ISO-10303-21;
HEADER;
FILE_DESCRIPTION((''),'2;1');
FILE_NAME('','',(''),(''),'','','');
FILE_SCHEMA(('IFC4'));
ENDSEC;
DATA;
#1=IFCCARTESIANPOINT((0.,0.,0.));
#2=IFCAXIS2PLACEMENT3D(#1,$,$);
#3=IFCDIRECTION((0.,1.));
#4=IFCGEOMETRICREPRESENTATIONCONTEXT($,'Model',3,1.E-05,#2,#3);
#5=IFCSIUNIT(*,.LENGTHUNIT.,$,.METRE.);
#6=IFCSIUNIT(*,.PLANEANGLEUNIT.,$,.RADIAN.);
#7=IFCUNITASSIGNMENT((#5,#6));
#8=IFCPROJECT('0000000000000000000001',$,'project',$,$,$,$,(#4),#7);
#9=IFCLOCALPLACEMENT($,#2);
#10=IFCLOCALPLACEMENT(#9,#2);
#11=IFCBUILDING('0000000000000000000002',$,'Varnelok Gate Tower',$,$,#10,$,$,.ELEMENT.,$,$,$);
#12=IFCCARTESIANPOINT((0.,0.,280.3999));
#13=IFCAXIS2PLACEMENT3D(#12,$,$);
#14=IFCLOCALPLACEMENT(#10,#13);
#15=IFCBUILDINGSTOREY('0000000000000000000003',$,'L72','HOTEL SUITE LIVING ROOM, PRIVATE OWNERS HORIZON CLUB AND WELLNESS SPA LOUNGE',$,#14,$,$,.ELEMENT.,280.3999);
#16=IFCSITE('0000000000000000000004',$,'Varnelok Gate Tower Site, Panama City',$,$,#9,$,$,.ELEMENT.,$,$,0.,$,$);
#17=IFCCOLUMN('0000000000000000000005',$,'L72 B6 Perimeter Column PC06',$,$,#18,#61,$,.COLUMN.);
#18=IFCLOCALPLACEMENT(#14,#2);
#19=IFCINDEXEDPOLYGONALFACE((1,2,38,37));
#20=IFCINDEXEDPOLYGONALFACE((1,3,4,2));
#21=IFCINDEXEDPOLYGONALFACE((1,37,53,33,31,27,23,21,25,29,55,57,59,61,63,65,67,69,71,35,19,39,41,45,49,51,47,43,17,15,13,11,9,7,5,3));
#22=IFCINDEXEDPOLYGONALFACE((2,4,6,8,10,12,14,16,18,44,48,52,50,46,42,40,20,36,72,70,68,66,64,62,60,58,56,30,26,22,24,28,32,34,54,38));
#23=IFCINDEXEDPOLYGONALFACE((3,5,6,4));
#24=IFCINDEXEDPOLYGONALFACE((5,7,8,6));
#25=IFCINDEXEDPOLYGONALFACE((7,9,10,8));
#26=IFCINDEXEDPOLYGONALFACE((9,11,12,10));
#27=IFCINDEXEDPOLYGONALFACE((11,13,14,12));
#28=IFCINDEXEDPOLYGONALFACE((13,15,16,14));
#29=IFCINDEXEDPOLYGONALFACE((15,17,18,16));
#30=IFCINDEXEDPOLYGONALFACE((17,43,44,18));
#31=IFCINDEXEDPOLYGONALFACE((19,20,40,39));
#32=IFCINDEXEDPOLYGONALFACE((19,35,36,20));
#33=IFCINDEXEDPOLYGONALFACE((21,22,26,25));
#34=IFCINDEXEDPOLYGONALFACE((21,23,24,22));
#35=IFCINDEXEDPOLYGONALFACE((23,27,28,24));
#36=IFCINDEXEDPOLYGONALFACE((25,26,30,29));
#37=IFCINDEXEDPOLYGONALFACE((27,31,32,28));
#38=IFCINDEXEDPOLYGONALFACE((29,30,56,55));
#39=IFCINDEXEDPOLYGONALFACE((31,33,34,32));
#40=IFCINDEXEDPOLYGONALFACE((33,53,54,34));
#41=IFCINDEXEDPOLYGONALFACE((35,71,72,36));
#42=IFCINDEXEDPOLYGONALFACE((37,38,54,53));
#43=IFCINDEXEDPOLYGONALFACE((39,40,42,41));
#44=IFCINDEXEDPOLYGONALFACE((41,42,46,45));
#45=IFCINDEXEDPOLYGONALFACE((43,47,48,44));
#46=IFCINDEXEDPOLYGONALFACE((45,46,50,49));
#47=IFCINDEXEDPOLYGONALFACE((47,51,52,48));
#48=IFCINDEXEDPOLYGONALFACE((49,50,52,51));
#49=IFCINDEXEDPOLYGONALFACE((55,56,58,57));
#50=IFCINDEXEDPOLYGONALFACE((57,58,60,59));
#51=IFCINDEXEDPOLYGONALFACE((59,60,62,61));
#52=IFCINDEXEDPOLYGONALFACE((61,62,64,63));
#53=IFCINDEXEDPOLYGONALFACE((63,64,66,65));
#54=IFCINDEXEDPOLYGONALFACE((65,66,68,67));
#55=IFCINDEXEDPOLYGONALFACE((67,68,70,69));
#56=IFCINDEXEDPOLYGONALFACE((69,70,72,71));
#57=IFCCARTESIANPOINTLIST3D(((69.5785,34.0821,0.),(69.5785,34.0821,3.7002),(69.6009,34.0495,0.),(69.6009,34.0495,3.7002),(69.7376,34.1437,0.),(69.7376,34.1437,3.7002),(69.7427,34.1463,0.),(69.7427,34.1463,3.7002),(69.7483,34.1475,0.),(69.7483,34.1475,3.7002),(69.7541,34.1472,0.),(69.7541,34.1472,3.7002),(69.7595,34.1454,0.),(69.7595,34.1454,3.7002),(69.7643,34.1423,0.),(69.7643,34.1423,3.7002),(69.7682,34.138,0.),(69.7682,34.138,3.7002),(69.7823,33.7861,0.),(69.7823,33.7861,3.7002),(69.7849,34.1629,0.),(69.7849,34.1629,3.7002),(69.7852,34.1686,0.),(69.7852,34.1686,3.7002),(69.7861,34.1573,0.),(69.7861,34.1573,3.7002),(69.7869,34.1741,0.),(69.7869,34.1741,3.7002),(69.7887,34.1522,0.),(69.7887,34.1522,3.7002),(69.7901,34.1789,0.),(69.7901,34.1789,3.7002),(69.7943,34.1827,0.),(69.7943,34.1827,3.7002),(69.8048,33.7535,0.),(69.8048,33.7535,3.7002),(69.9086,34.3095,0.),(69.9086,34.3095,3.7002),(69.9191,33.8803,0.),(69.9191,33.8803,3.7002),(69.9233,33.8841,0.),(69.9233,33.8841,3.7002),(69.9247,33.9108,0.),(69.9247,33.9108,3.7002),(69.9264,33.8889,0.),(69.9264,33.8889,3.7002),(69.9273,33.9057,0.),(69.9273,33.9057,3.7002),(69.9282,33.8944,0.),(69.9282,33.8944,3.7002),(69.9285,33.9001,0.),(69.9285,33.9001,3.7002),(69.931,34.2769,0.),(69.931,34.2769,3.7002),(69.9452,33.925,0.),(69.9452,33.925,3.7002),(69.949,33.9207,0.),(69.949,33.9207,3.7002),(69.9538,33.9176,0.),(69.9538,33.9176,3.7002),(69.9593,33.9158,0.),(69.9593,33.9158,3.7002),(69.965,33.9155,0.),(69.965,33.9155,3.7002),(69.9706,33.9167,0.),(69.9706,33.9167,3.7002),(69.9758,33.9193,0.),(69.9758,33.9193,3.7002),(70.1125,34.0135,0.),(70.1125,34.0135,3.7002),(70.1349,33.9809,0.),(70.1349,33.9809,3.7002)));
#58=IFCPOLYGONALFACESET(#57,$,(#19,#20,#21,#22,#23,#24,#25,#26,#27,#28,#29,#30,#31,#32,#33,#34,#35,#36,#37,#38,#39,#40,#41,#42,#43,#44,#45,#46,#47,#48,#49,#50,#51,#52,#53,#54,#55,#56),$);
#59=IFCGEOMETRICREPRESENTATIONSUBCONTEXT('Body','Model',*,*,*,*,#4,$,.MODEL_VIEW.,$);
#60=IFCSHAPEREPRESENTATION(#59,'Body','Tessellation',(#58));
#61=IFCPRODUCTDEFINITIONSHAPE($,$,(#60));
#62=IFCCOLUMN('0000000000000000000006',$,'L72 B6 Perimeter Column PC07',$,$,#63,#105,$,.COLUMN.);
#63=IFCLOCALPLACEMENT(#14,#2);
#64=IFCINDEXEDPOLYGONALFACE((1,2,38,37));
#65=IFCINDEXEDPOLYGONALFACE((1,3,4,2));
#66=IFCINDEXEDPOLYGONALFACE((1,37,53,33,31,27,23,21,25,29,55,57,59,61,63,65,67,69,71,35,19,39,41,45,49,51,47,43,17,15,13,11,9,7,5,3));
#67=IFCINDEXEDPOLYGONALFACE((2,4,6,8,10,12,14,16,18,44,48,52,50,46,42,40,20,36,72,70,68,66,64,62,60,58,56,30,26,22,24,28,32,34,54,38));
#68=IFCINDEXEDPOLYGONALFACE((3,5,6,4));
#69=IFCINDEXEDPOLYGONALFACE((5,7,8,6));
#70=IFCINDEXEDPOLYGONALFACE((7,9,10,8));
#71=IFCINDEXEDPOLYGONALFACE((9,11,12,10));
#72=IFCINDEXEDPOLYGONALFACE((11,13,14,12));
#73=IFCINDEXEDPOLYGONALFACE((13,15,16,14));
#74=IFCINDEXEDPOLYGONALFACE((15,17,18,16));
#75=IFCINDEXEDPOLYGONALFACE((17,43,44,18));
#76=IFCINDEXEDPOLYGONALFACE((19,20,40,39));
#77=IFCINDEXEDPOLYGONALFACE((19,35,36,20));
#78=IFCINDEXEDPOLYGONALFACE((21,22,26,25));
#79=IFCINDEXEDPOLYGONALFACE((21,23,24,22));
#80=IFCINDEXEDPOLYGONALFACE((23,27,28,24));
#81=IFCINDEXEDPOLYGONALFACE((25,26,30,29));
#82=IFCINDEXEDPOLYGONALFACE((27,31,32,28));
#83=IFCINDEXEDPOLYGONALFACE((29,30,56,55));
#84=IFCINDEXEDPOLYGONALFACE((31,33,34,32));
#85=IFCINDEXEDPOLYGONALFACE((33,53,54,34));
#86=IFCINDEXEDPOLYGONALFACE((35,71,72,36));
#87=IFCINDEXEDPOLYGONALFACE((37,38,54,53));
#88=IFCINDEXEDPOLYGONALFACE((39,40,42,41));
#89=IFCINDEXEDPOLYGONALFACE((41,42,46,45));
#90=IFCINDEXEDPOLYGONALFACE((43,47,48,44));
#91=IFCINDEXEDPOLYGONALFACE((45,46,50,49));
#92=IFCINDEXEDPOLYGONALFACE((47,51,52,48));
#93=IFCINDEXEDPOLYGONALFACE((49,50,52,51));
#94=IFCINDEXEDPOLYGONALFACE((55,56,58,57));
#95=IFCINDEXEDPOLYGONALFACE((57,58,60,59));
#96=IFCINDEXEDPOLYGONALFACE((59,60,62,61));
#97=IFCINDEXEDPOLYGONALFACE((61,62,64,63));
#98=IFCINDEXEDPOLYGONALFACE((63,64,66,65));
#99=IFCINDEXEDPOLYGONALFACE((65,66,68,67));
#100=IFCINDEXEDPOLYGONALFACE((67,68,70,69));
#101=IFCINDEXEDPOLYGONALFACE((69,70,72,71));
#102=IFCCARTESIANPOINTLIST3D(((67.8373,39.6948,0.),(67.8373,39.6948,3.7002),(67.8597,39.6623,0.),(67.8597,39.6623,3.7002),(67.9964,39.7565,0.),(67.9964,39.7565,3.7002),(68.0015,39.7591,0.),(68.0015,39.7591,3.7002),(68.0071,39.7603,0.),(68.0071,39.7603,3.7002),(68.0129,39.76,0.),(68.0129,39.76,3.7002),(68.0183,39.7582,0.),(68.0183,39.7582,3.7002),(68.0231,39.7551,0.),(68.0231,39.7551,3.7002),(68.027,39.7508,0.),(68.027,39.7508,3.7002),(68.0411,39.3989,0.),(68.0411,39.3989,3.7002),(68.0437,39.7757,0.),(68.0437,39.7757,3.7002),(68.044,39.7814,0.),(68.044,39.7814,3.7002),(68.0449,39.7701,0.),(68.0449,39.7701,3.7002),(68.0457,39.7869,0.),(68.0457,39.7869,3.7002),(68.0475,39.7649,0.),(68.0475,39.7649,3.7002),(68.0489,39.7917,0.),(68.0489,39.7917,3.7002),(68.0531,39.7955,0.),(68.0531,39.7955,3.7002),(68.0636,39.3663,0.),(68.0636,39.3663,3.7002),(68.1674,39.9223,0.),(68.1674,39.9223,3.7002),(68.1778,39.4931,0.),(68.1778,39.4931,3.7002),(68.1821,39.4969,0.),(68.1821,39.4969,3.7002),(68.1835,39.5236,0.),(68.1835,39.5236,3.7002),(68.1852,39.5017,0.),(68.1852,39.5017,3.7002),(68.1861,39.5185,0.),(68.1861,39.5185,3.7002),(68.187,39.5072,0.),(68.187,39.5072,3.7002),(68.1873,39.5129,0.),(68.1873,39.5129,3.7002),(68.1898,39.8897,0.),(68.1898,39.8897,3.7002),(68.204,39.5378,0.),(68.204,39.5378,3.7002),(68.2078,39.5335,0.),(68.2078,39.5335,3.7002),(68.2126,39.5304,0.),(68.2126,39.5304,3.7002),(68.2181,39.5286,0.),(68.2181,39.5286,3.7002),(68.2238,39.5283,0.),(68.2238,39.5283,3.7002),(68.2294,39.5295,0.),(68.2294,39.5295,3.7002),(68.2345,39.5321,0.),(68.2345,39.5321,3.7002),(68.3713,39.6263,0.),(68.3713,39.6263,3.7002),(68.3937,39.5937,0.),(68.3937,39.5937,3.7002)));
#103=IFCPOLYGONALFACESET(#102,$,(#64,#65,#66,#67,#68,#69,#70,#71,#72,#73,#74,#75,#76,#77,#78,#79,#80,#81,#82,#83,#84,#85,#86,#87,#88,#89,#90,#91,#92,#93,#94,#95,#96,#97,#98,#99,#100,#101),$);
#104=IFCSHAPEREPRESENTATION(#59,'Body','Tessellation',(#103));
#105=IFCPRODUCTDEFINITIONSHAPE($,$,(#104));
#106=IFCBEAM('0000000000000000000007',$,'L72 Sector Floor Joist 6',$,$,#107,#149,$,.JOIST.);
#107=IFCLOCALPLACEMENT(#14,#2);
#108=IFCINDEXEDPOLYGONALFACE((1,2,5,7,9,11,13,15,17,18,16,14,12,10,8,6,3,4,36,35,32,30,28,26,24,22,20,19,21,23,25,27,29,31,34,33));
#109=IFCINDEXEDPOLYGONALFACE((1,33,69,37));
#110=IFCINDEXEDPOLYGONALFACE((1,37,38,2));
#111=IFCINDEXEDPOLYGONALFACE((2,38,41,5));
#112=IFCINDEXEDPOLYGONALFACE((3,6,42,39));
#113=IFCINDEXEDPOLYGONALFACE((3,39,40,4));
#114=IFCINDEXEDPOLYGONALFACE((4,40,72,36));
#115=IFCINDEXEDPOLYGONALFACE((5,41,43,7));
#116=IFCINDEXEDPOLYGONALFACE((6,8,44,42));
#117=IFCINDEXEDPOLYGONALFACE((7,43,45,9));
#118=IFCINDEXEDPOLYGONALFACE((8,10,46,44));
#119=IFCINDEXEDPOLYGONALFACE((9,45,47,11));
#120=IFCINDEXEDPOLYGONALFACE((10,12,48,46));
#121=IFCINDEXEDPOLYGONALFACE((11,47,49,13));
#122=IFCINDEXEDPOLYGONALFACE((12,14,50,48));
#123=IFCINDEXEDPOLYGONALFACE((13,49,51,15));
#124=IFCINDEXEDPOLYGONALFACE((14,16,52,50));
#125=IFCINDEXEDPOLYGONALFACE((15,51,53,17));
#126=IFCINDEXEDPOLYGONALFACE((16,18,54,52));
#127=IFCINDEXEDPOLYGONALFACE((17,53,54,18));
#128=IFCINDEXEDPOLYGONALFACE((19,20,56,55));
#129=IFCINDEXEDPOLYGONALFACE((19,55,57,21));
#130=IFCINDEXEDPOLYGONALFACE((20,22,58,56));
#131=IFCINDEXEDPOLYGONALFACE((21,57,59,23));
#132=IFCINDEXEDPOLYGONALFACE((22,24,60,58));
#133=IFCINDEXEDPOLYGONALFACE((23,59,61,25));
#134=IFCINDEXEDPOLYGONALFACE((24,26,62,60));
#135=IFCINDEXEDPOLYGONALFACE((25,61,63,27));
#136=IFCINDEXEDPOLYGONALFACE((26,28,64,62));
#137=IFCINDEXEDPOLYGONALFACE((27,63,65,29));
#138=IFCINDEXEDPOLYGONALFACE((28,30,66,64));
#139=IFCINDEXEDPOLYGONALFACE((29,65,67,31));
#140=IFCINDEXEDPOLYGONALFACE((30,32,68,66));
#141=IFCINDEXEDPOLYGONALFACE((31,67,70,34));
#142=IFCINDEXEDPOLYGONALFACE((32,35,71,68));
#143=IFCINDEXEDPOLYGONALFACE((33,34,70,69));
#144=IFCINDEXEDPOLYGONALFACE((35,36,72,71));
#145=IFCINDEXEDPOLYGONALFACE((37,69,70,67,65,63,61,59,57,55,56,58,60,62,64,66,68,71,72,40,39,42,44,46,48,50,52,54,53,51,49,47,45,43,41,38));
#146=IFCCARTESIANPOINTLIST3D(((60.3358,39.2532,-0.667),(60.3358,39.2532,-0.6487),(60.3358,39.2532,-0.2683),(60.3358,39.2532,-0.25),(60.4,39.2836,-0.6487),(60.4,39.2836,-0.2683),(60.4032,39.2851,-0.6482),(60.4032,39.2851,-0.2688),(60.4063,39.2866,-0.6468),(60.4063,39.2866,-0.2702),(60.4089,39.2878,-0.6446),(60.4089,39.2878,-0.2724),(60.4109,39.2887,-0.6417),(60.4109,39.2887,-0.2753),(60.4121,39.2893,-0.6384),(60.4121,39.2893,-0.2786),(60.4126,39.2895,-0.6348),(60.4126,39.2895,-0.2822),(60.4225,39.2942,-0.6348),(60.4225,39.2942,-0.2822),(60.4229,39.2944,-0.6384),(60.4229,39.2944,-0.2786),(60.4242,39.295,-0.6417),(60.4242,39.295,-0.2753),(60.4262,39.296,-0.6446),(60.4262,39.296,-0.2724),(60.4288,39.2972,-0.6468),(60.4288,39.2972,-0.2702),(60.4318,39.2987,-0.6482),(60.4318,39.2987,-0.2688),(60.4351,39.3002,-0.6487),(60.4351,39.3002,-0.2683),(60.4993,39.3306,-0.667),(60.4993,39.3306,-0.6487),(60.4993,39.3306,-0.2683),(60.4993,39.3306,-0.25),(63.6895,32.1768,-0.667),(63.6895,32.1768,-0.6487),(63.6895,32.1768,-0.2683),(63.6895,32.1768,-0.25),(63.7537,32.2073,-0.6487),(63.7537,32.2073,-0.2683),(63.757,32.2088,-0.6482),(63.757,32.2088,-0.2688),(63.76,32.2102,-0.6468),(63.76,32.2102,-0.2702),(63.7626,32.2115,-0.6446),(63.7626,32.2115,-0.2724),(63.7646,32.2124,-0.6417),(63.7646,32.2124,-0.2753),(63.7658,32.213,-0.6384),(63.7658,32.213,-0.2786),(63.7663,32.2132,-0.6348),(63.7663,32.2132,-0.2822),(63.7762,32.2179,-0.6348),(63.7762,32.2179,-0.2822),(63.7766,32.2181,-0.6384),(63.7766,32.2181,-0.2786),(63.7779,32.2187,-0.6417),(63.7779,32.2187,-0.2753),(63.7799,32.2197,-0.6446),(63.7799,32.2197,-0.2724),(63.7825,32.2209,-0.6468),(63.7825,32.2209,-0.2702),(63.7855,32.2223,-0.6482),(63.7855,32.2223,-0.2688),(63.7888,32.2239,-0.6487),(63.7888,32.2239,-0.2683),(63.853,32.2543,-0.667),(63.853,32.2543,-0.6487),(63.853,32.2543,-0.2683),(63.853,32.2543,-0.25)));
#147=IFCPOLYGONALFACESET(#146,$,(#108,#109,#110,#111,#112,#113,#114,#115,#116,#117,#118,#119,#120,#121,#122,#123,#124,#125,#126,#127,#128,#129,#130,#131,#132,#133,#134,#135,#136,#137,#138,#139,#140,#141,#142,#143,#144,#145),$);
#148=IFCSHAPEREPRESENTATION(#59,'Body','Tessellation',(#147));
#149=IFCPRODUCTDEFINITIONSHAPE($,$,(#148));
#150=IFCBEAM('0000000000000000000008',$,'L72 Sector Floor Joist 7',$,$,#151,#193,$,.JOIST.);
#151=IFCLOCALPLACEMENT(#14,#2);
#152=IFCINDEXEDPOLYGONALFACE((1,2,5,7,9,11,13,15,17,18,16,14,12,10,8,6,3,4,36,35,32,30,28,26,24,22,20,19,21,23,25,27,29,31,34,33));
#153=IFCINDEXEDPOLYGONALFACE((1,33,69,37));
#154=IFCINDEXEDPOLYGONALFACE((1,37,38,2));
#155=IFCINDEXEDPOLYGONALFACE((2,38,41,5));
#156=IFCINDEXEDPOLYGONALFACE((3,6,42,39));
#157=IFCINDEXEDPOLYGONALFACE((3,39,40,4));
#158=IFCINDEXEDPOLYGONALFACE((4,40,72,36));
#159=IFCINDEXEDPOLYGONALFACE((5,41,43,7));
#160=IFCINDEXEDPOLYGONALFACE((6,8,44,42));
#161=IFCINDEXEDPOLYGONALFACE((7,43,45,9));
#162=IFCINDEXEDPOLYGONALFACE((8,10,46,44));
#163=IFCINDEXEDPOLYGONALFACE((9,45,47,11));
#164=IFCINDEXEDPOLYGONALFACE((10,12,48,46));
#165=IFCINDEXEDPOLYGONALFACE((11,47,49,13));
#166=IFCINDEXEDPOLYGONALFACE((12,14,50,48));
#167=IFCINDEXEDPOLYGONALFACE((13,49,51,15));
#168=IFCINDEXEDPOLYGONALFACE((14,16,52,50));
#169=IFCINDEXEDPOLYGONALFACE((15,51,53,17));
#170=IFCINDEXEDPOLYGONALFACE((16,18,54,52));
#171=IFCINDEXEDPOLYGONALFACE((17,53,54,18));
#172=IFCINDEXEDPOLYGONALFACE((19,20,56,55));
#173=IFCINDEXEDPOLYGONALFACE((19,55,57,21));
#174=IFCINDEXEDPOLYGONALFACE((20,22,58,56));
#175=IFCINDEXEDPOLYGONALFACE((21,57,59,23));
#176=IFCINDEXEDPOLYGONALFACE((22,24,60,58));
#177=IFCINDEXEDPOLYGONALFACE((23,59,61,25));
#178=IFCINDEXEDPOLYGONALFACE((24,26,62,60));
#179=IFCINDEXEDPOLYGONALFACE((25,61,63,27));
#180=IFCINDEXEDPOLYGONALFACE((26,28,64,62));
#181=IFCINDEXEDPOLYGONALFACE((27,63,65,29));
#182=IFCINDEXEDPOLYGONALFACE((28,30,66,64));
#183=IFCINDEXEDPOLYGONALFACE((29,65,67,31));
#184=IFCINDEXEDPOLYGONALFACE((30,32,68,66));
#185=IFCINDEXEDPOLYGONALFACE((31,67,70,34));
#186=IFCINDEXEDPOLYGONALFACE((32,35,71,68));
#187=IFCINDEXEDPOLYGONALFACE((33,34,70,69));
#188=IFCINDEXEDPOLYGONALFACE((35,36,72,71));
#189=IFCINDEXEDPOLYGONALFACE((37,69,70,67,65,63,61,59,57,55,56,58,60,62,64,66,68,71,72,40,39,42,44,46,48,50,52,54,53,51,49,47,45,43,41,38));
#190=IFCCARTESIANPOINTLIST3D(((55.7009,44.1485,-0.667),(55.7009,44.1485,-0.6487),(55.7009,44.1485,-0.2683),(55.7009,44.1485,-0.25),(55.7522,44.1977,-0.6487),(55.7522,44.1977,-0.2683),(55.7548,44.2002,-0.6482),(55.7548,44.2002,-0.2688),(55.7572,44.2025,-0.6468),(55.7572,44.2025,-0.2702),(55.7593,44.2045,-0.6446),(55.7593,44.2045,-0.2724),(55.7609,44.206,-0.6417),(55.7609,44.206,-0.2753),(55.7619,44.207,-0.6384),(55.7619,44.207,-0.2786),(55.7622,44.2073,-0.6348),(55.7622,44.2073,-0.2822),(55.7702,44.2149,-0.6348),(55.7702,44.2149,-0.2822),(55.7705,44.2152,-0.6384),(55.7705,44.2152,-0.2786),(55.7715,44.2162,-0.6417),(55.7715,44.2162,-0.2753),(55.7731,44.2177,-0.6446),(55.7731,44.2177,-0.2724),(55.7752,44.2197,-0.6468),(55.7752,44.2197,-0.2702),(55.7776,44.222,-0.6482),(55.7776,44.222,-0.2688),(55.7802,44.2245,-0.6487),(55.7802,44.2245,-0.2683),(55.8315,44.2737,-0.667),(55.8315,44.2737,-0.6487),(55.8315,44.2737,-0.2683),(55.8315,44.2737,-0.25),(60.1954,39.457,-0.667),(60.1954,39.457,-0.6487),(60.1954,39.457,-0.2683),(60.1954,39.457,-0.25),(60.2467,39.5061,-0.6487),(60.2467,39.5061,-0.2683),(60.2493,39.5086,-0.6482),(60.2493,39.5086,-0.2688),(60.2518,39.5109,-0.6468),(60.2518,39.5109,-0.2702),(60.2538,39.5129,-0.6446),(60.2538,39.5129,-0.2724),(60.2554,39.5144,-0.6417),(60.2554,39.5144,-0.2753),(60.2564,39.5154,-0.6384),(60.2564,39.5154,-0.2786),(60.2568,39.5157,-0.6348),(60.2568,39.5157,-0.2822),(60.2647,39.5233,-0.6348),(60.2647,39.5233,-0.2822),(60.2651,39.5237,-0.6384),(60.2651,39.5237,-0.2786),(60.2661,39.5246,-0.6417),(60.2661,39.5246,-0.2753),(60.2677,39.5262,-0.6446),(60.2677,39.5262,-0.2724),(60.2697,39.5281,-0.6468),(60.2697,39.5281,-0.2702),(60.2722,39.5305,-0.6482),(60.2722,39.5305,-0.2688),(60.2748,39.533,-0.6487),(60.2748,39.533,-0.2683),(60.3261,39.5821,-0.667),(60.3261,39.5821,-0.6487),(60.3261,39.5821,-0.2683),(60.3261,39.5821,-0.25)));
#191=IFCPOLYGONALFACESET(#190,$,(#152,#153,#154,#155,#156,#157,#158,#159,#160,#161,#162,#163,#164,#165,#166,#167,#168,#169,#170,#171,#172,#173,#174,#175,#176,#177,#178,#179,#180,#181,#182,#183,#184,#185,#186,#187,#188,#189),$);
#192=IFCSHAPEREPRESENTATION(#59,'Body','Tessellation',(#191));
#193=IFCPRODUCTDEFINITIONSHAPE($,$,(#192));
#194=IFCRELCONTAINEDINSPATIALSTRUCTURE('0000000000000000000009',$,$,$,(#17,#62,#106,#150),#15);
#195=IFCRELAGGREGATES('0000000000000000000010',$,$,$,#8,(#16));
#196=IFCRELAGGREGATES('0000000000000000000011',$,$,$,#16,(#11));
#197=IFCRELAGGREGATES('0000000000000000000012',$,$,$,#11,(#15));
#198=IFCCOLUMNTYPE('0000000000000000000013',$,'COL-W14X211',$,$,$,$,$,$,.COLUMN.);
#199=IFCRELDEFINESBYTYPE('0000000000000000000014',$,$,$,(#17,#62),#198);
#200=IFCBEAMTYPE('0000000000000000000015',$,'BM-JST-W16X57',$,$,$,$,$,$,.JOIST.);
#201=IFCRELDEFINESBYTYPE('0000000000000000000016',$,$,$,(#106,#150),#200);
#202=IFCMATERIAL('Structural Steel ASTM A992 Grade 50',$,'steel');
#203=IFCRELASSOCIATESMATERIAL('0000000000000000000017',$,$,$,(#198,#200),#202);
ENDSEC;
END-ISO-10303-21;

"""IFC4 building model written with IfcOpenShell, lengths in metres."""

from ifc_helpers import new_model, si_unit, direction, frame, origin, origin_2d, place, context, subcontext, project, spatial, i_section, extrude, material, material_profile, profile_set, type_object, element, save


model = new_model("IFC4")

# Units and contexts
model_context = context("Model", 3, precision=1e-05, world=origin(), true_north=direction((0.0, 1.0)))
body_context = subcontext(model_context, "Body", "Model", "MODEL_VIEW")
ifc_project = project(units=[si_unit("LENGTHUNIT", "METRE"), si_unit("PLANEANGLEUNIT", "RADIAN")], contexts=[model_context])

# Site, building, storey
site_placement = place(None, origin())
site = spatial("IfcSite", under=ifc_project, at=site_placement, Name="Varnelok Gate Tower Site, Panama City", CompositionType="ELEMENT", RefElevation=0.0)
building_placement = place(site_placement, origin())
building = spatial("IfcBuilding", under=site, at=building_placement, Name="Varnelok Gate Tower", CompositionType="ELEMENT")
storey_placement = place(building_placement, frame((0.0, 0.0, 280.3999)))
storey = spatial("IfcBuildingStorey", under=building, at=storey_placement, Name="L72", Description="HOTEL SUITE LIVING ROOM, PRIVATE OWNERS HORIZON CLUB AND WELLNESS SPA LOUNGE", CompositionType="ELEMENT", Elevation=280.3999)

# Columns
ifc_material_1 = material(Name="Structural Steel ASTM A992 Grade 50", Category="steel")
ifc_material_profile_1 = material_profile(ifc_material_1, i_section(OverallWidth=0.4009, OverallDepth=0.3989, WebThickness=0.0249, FlangeThickness=0.0396, FilletRadius=0.022, at=origin_2d()), Name="W14X211")
ifc_profile_set_1 = profile_set([ifc_material_profile_1], Name="Structural Steel ASTM A992 Grade 50")
column_type = type_object("IfcColumnType", Name="COL-W14X211", PredefinedType="COLUMN", material=ifc_profile_set_1)
for number, where, z_axis, x_axis, name in (
    (1, (69.8567, 34.0315, 0.0), (0.0, 0.0, 1.0), (0.823533, 0.567269, 0.0), "L72 B6 Perimeter Column PC06"),
    (2, (68.1155, 39.6443, 0.0), (0.0, 0.0, 1.0), (0.823533, 0.567269, 0.0), "L72 B6 Perimeter Column PC07"),
):
    element("IfcColumn", number, at=place(storey_placement, frame(where, z_axis=z_axis, x_axis=x_axis)), inside=storey, type_object=column_type, Name=name, PredefinedType="COLUMN", context=body_context, shape_type="SweptSolid", body=[
        extrude(i_section(OverallWidth=0.4009, OverallDepth=0.3989, WebThickness=0.0249, FlangeThickness=0.0396, FilletRadius=0.022, at=origin_2d()), origin(), (0.0, 0.0, 1.0), 3.7002),
    ])

# Beams
ifc_material_profile_2 = material_profile(ifc_material_1, i_section(OverallWidth=0.1809, OverallDepth=0.417, WebThickness=0.011, FlangeThickness=0.0183, FilletRadius=0.0139, at=origin_2d()), Name="W16X57")
ifc_profile_set_2 = profile_set([ifc_material_profile_2], Name="Structural Steel ASTM A992 Grade 50")
beam_type_1 = type_object("IfcBeamType", Name="BM-JST-W16X57", PredefinedType="JOIST", material=ifc_profile_set_2)
beam_1_placement = place(storey_placement, frame((63.7712, 32.2156, -0.4585), z_axis=(-0.428271, 0.90365, 0.0), x_axis=(-0.90365, -0.428271, 0.0)))
element("IfcBeam", 3, at=beam_1_placement, inside=storey, type_object=beam_type_1, Name="L72 Sector Floor Joist 6", PredefinedType="JOIST", context=body_context, shape_type="SweptSolid", body=[
    extrude(i_section(OverallWidth=0.1809, OverallDepth=0.417, WebThickness=0.011, FlangeThickness=0.0183, FilletRadius=0.0139, at=origin_2d()), origin(), (0.0, 0.0, 1.0), 7.8308),
])
beam_2_placement = place(storey_placement, frame((60.2607, 39.5195, -0.4585), z_axis=(-0.691782, 0.722106, 0.0), x_axis=(-0.722106, -0.691782, 0.0)))
element("IfcBeam", 4, at=beam_2_placement, inside=storey, type_object=beam_type_1, Name="L72 Sector Floor Joist 7", PredefinedType="JOIST", context=body_context, shape_type="SweptSolid", body=[
    extrude(i_section(OverallWidth=0.1809, OverallDepth=0.417, WebThickness=0.011, FlangeThickness=0.0183, FilletRadius=0.0139, at=origin_2d()), origin(), (0.0, 0.0, 1.0), 6.4971),
])

save(model, "model.ifc")
